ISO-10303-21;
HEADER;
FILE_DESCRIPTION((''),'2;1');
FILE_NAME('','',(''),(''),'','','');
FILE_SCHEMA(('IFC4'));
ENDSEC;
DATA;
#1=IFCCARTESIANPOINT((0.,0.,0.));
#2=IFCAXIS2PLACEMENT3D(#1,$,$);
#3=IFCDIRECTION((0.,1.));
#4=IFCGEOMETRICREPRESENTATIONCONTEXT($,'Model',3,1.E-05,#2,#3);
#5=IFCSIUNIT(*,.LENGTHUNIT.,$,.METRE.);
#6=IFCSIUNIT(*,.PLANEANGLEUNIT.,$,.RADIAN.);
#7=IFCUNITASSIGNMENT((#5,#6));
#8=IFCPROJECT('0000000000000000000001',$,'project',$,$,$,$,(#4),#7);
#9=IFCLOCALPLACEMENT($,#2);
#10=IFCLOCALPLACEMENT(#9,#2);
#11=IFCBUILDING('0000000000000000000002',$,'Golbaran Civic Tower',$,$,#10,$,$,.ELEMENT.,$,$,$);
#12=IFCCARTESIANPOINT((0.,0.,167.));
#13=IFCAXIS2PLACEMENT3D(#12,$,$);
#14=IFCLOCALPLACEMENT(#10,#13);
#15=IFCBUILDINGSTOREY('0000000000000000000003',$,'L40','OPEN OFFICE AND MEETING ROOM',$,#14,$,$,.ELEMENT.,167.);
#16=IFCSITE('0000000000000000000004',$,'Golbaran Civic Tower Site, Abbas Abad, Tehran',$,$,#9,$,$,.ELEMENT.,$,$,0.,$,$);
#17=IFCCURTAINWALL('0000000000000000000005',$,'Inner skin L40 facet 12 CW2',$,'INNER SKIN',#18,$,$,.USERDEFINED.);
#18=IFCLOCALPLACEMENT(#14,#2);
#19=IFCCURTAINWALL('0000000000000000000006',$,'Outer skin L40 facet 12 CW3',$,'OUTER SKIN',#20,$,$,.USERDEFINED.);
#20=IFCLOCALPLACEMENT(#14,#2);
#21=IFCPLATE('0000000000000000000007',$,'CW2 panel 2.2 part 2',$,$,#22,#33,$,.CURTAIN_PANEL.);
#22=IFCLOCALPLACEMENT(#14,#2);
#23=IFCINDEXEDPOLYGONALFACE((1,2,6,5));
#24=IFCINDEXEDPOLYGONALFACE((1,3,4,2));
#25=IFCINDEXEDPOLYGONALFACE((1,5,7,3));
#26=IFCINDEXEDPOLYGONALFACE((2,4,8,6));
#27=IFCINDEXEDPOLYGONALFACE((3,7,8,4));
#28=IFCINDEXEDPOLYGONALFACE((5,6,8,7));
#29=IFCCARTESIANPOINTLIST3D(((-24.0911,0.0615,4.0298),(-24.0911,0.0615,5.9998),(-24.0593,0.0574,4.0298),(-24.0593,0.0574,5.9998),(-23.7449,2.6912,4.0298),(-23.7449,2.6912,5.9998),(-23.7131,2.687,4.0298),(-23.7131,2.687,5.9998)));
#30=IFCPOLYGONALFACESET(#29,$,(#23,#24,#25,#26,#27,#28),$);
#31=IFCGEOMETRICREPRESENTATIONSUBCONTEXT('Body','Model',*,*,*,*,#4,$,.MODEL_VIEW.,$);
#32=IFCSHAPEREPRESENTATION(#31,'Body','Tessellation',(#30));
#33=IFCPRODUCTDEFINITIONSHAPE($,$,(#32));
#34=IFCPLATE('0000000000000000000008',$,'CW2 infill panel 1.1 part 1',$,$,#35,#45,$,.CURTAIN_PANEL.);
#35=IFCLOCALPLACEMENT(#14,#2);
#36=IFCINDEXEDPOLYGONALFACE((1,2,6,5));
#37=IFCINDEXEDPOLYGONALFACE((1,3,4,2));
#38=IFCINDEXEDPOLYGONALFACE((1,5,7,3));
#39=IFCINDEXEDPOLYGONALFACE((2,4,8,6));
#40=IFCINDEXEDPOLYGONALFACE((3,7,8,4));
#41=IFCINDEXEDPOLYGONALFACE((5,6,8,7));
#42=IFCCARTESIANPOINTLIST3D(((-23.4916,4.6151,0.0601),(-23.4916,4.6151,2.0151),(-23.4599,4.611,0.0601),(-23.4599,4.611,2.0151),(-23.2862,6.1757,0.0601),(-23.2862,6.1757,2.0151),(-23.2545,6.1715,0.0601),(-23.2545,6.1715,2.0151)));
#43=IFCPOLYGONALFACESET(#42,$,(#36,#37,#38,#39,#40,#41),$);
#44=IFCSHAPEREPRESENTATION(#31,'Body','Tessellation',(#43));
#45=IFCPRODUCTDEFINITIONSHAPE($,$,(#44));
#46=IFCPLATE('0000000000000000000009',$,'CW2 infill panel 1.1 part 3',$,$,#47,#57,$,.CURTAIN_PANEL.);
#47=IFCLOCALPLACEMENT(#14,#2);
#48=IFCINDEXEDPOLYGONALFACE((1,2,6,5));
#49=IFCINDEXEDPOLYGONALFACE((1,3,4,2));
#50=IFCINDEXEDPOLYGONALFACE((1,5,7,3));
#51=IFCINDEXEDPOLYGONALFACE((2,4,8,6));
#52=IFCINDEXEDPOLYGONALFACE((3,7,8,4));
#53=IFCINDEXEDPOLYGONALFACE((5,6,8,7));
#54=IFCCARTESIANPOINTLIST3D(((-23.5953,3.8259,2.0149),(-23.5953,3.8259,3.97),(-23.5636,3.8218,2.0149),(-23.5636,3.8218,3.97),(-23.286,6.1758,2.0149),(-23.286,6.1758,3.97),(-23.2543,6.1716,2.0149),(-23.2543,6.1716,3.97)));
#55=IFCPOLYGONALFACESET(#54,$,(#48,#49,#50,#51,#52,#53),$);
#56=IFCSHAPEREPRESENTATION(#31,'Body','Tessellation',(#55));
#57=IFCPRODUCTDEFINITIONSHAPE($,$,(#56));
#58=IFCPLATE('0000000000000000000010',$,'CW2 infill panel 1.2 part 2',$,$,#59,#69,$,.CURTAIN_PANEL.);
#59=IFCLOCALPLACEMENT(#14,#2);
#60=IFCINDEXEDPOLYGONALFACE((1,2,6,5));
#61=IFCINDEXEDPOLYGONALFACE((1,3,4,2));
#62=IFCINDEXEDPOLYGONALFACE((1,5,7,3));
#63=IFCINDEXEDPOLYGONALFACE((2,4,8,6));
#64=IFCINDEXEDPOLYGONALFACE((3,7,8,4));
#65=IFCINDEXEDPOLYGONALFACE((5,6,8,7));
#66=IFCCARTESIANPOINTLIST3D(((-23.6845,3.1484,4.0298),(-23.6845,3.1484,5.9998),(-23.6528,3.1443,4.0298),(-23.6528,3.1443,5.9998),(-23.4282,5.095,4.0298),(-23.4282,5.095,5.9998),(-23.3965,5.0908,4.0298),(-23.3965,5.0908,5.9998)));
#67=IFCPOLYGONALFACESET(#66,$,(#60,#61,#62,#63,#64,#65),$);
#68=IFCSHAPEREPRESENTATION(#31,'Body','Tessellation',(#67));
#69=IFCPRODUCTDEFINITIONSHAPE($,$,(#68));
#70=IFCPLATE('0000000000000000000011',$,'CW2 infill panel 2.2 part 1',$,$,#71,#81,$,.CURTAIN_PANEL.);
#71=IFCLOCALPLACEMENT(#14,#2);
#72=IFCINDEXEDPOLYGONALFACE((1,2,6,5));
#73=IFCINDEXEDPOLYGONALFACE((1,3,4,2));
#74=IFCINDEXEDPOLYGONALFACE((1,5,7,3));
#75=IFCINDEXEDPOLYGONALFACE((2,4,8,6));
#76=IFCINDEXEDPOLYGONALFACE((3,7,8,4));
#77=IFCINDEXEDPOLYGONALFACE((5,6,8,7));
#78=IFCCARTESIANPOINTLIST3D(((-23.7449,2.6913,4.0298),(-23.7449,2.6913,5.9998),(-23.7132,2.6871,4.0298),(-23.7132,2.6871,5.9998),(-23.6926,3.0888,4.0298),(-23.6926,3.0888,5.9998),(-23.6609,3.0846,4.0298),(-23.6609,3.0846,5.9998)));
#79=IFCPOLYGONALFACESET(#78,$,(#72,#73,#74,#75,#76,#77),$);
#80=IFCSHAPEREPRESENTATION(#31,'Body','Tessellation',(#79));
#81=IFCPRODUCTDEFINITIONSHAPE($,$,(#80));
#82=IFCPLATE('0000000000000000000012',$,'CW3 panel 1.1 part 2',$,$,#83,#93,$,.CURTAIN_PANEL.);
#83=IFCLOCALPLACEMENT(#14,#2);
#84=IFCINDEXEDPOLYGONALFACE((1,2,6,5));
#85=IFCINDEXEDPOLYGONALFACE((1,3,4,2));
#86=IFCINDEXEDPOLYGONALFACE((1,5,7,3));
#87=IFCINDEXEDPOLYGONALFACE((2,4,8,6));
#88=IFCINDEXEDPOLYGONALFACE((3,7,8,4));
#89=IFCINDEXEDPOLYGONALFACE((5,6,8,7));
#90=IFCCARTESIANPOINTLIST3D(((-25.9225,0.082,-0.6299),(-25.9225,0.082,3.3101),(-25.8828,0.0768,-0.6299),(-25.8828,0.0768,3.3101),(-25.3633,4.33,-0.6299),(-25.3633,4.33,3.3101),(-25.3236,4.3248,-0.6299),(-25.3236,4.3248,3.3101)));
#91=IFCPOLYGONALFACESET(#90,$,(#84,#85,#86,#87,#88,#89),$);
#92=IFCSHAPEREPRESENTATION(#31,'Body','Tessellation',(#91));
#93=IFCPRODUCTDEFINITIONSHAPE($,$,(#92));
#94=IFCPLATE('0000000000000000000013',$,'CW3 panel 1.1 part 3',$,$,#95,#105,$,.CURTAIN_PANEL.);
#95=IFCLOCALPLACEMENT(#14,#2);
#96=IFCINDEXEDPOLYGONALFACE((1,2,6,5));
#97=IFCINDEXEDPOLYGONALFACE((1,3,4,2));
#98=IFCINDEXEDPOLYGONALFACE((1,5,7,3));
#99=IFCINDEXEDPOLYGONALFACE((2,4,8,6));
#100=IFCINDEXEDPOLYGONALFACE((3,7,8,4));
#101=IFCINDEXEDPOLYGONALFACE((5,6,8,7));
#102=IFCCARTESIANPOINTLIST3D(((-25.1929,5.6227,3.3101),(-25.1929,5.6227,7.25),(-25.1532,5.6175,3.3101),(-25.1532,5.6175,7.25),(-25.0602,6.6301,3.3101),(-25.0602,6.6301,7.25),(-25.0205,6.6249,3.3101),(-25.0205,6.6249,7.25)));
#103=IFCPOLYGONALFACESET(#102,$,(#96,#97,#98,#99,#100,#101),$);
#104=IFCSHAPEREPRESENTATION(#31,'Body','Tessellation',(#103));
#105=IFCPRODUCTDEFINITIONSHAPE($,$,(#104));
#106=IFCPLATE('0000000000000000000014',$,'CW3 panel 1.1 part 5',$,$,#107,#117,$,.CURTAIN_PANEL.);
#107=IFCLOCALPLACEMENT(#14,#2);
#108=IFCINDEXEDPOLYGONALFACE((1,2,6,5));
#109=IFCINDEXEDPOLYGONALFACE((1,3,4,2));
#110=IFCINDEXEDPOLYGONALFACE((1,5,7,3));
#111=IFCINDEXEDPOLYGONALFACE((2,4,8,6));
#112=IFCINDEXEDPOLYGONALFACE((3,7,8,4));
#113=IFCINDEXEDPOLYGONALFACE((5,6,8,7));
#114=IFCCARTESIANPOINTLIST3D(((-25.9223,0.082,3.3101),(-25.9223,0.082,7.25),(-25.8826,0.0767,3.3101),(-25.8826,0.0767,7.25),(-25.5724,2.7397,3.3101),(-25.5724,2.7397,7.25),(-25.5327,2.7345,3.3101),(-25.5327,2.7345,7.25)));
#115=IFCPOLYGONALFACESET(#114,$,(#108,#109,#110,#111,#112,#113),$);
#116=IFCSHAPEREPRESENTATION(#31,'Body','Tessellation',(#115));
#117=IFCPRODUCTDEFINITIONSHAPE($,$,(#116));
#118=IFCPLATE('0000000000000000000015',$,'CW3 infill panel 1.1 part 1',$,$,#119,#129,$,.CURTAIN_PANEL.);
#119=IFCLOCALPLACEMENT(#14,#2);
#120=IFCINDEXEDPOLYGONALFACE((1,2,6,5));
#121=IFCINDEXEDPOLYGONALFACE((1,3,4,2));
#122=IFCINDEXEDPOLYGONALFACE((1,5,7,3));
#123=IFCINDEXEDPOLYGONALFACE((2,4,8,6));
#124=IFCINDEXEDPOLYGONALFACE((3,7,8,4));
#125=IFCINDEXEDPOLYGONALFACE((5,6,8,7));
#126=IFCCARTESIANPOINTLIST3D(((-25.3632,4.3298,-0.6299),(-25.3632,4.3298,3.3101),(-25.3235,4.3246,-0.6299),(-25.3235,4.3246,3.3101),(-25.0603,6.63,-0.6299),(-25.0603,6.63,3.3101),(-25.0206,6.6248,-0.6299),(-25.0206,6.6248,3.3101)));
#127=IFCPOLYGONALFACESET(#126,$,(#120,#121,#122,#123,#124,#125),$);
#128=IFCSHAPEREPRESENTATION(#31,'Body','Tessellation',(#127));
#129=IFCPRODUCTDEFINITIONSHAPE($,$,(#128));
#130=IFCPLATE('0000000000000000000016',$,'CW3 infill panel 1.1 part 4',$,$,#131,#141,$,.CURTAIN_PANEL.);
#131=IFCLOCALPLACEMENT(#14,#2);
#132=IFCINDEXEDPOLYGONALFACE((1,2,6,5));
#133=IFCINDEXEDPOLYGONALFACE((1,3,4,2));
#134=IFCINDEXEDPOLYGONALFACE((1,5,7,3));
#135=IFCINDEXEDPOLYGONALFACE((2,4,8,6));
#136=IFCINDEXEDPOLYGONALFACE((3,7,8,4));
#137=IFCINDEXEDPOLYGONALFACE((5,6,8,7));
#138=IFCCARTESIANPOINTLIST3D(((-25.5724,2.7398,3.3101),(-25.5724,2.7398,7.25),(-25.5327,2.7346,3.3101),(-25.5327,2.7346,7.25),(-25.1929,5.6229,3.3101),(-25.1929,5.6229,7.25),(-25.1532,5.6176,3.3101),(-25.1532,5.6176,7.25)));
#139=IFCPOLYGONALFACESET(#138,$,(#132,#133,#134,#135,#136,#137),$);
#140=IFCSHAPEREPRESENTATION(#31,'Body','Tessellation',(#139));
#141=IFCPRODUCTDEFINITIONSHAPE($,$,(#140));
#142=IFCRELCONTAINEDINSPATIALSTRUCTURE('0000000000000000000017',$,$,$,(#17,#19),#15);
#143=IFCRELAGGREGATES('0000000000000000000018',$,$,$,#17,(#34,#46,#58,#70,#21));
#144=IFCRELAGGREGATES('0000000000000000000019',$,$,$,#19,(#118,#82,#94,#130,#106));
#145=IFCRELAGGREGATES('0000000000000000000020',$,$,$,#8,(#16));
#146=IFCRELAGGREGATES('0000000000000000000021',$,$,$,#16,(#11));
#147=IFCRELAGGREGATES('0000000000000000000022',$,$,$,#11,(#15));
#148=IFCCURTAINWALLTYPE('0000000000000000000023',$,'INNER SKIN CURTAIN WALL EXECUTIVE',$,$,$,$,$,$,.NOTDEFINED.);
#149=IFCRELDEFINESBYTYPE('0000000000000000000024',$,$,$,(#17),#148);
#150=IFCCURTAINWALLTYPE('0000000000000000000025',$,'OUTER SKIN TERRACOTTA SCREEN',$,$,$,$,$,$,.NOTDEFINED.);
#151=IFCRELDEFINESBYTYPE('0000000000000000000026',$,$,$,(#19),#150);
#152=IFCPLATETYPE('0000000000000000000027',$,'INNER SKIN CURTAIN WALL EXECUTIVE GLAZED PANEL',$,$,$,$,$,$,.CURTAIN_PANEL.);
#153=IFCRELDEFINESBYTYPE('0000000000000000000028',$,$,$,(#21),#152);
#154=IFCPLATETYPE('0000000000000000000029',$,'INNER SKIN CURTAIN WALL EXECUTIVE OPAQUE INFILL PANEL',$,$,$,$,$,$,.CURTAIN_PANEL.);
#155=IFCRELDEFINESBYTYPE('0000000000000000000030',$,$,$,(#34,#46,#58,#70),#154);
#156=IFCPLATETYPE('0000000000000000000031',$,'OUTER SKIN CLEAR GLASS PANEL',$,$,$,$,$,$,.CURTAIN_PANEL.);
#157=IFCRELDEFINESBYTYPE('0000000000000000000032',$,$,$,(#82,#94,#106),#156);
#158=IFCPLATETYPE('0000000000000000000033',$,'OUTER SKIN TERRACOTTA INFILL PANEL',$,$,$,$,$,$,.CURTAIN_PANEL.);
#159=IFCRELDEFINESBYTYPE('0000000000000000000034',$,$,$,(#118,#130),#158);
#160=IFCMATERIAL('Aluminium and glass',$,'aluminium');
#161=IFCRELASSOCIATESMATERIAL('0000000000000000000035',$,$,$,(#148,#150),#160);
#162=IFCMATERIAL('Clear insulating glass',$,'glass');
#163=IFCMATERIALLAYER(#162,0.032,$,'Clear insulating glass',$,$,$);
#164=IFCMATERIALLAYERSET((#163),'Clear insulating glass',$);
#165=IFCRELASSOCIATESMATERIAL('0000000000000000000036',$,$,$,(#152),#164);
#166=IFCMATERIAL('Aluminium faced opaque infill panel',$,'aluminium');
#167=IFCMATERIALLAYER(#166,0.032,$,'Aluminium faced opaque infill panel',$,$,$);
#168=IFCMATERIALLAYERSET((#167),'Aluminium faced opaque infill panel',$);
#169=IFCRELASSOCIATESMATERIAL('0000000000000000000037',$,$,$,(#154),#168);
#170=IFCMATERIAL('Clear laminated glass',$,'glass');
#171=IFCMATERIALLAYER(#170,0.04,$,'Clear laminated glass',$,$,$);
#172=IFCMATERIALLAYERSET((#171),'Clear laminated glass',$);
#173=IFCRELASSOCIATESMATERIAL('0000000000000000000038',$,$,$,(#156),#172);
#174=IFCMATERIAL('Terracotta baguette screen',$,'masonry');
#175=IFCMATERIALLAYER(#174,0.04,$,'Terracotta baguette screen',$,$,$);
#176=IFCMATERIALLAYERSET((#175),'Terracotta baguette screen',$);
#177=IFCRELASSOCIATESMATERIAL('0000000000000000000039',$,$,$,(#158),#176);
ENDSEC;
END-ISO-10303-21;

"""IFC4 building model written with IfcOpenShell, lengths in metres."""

from ifc_helpers import new_model, si_unit, direction, frame, origin, origin_2d, place, context, subcontext, project, spatial, rectangle, extrude, material, layer, layer_set, type_object, element, aggregate, save


model = new_model("IFC4")

# Units and contexts
model_context = context("Model", 3, precision=1e-05, world=origin(), true_north=direction((0.0, 1.0)))
body_context = subcontext(model_context, "Body", "Model", "MODEL_VIEW")
ifc_project = project(units=[si_unit("LENGTHUNIT", "METRE"), si_unit("PLANEANGLEUNIT", "RADIAN")], contexts=[model_context])

# Site, building, storey
site_placement = place(None, origin())
site = spatial("IfcSite", under=ifc_project, at=site_placement, Name="Golbaran Civic Tower Site, Abbas Abad, Tehran", CompositionType="ELEMENT", RefElevation=0.0)
building_placement = place(site_placement, origin())
building = spatial("IfcBuilding", under=site, at=building_placement, Name="Golbaran Civic Tower", CompositionType="ELEMENT")
storey_placement = place(building_placement, frame((0.0, 0.0, 167.0)))
storey = spatial("IfcBuildingStorey", under=building, at=storey_placement, Name="L40", Description="OPEN OFFICE AND MEETING ROOM", CompositionType="ELEMENT", Elevation=167.0)

# Curtain wall
ifc_material_1 = material(Name="Aluminium and glass", Category="aluminium")
curtain_wall_type_1 = type_object("IfcCurtainWallType", Name="INNER SKIN CURTAIN WALL EXECUTIVE", PredefinedType="NOTDEFINED", material=ifc_material_1)
curtain_wall_1_placement = place(storey_placement, origin())
curtain_wall_1 = element("IfcCurtainWall", 1, at=curtain_wall_1_placement, inside=storey, type_object=curtain_wall_type_1, Name="Inner skin L40 facet 12 CW2", ObjectType="INNER SKIN", PredefinedType="USERDEFINED")

# Curtain wall
curtain_wall_type_2 = type_object("IfcCurtainWallType", Name="OUTER SKIN TERRACOTTA SCREEN", PredefinedType="NOTDEFINED", material=ifc_material_1)
curtain_wall_2_placement = place(storey_placement, origin())
curtain_wall_2 = element("IfcCurtainWall", 2, at=curtain_wall_2_placement, inside=storey, type_object=curtain_wall_type_2, Name="Outer skin L40 facet 12 CW3", ObjectType="OUTER SKIN", PredefinedType="USERDEFINED")

# Plates
ifc_material_2 = material(Name="Clear insulating glass", Category="glass")
ifc_layer_1 = layer(ifc_material_2, 0.032, Name="Clear insulating glass")
ifc_layer_set_1 = layer_set([ifc_layer_1], Name="Clear insulating glass")
plate_type_1 = type_object("IfcPlateType", Name="INNER SKIN CURTAIN WALL EXECUTIVE GLAZED PANEL", PredefinedType="CURTAIN_PANEL", material=ifc_layer_set_1)
plate_1_placement = place(storey_placement, frame((-23.9021, 1.3743, 4.0298), z_axis=(0.0, 0.0, 1.0), x_axis=(-0.130526, -0.991445, 0.0)))
plate_1 = element("IfcPlate", 3, at=plate_1_placement, type_object=plate_type_1, Name="CW2 panel 2.2 part 2", PredefinedType="CURTAIN_PANEL", context=body_context, shape_type="SweptSolid", body=[
    extrude(rectangle(XDim=2.6523, YDim=0.032, at=origin_2d()), origin(), (0.0, 0.0, 1.0), 1.97),
])
ifc_material_3 = material(Name="Aluminium faced opaque infill panel", Category="aluminium")
ifc_layer_2 = layer(ifc_material_3, 0.032, Name="Aluminium faced opaque infill panel")
ifc_layer_set_2 = layer_set([ifc_layer_2], Name="Aluminium faced opaque infill panel")
plate_type_2 = type_object("IfcPlateType", Name="INNER SKIN CURTAIN WALL EXECUTIVE OPAQUE INFILL PANEL", PredefinedType="CURTAIN_PANEL", material=ifc_layer_set_2)
plate_2_placement = place(storey_placement, frame((-23.373, 5.3933, 0.0601), z_axis=(0.0, 0.0, 1.0), x_axis=(-0.130526, -0.991445, 0.0)))
plate_2 = element("IfcPlate", 4, at=plate_2_placement, type_object=plate_type_2, Name="CW2 infill panel 1.1 part 1", PredefinedType="CURTAIN_PANEL", context=body_context, shape_type="SweptSolid", body=[
    extrude(rectangle(XDim=1.574, YDim=0.032, at=origin_2d()), origin(), (0.0, 0.0, 1.0), 1.9551),
])
plate_3_placement = place(storey_placement, frame((-23.4248, 4.9988, 2.0149), z_axis=(0.0, 0.0, 1.0), x_axis=(-0.130526, -0.991445, 0.0)))
plate_3 = element("IfcPlate", 5, at=plate_3_placement, type_object=plate_type_2, Name="CW2 infill panel 1.1 part 3", PredefinedType="CURTAIN_PANEL", context=body_context, shape_type="SweptSolid", body=[
    extrude(rectangle(XDim=2.3701, YDim=0.032, at=origin_2d()), origin(), (0.0, 0.0, 1.0), 1.9551),
])
plate_4_placement = place(storey_placement, frame((-23.5405, 4.1196, 4.0298), z_axis=(0.0, 0.0, 1.0), x_axis=(-0.130526, -0.991445, 0.0)))
plate_4 = element("IfcPlate", 6, at=plate_4_placement, type_object=plate_type_2, Name="CW2 infill panel 1.2 part 2", PredefinedType="CURTAIN_PANEL", context=body_context, shape_type="SweptSolid", body=[
    extrude(rectangle(XDim=1.9634, YDim=0.032, at=origin_2d()), origin(), (0.0, 0.0, 1.0), 1.97),
])
plate_5_placement = place(storey_placement, frame((-23.7029, 2.8879, 4.0298), z_axis=(0.0, 0.0, 1.0), x_axis=(-0.130526, -0.991445, 0.0)))
plate_5 = element("IfcPlate", 7, at=plate_5_placement, type_object=plate_type_2, Name="CW2 infill panel 2.2 part 1", PredefinedType="CURTAIN_PANEL", context=body_context, shape_type="SweptSolid", body=[
    extrude(rectangle(XDim=0.4009, YDim=0.032, at=origin_2d()), origin(), (0.0, 0.0, 1.0), 1.97),
])
aggregate(curtain_wall_1, [plate_2, plate_3, plate_4, plate_5, plate_1])
ifc_material_4 = material(Name="Clear laminated glass", Category="glass")
ifc_layer_3 = layer(ifc_material_4, 0.04, Name="Clear laminated glass")
ifc_layer_set_3 = layer_set([ifc_layer_3], Name="Clear laminated glass")
plate_type_3 = type_object("IfcPlateType", Name="OUTER SKIN CLEAR GLASS PANEL", PredefinedType="CURTAIN_PANEL", material=ifc_layer_set_3)
plate_6_placement = place(storey_placement, frame((-25.623, 2.2034, -0.6299), z_axis=(0.0, 0.0, 1.0), x_axis=(-0.130526, -0.991445, 0.0)))
plate_6 = element("IfcPlate", 8, at=plate_6_placement, type_object=plate_type_3, Name="CW3 panel 1.1 part 2", PredefinedType="CURTAIN_PANEL", context=body_context, shape_type="SweptSolid", body=[
    extrude(rectangle(XDim=4.2847, YDim=0.04, at=origin_2d()), origin(), (0.0, 0.0, 1.0), 3.9399),
])
plate_7_placement = place(storey_placement, frame((-25.1067, 6.1238, 3.3101), z_axis=(0.0, 0.0, 1.0), x_axis=(-0.130526, -0.991445, 0.0)))
plate_7 = element("IfcPlate", 9, at=plate_7_placement, type_object=plate_type_3, Name="CW3 panel 1.1 part 3", PredefinedType="CURTAIN_PANEL", context=body_context, shape_type="SweptSolid", body=[
    extrude(rectangle(XDim=1.0161, YDim=0.04, at=origin_2d()), origin(), (0.0, 0.0, 1.0), 3.9399),
])
plate_8_placement = place(storey_placement, frame((-25.7275, 1.4082, 3.3101), z_axis=(0.0, 0.0, 1.0), x_axis=(-0.130526, -0.991445, 0.0)))
plate_8 = element("IfcPlate", 10, at=plate_8_placement, type_object=plate_type_3, Name="CW3 panel 1.1 part 5", PredefinedType="CURTAIN_PANEL", context=body_context, shape_type="SweptSolid", body=[
    extrude(rectangle(XDim=2.6807, YDim=0.04, at=origin_2d()), origin(), (0.0, 0.0, 1.0), 3.9399),
])
ifc_material_5 = material(Name="Terracotta baguette screen", Category="masonry")
ifc_layer_4 = layer(ifc_material_5, 0.04, Name="Terracotta baguette screen")
ifc_layer_set_4 = layer_set([ifc_layer_4], Name="Terracotta baguette screen")
plate_type_4 = type_object("IfcPlateType", Name="OUTER SKIN TERRACOTTA INFILL PANEL", PredefinedType="CURTAIN_PANEL", material=ifc_layer_set_4)
plate_9_placement = place(storey_placement, frame((-25.1919, 5.4773, -0.6299), z_axis=(0.0, 0.0, 1.0), x_axis=(-0.130526, -0.991445, 0.0)))
plate_9 = element("IfcPlate", 11, at=plate_9_placement, type_object=plate_type_4, Name="CW3 infill panel 1.1 part 1", PredefinedType="CURTAIN_PANEL", context=body_context, shape_type="SweptSolid", body=[
    extrude(rectangle(XDim=2.3201, YDim=0.04, at=origin_2d()), origin(), (0.0, 0.0, 1.0), 3.9399),
])
plate_10_placement = place(storey_placement, frame((-25.3628, 4.1787, 3.3101), z_axis=(0.0, 0.0, 1.0), x_axis=(-0.130526, -0.991445, 0.0)))
plate_10 = element("IfcPlate", 12, at=plate_10_placement, type_object=plate_type_4, Name="CW3 infill panel 1.1 part 4", PredefinedType="CURTAIN_PANEL", context=body_context, shape_type="SweptSolid", body=[
    extrude(rectangle(XDim=2.908, YDim=0.04, at=origin_2d()), origin(), (0.0, 0.0, 1.0), 3.9399),
])
aggregate(curtain_wall_2, [plate_9, plate_6, plate_7, plate_10, plate_8])

save(model, "model.ifc")
